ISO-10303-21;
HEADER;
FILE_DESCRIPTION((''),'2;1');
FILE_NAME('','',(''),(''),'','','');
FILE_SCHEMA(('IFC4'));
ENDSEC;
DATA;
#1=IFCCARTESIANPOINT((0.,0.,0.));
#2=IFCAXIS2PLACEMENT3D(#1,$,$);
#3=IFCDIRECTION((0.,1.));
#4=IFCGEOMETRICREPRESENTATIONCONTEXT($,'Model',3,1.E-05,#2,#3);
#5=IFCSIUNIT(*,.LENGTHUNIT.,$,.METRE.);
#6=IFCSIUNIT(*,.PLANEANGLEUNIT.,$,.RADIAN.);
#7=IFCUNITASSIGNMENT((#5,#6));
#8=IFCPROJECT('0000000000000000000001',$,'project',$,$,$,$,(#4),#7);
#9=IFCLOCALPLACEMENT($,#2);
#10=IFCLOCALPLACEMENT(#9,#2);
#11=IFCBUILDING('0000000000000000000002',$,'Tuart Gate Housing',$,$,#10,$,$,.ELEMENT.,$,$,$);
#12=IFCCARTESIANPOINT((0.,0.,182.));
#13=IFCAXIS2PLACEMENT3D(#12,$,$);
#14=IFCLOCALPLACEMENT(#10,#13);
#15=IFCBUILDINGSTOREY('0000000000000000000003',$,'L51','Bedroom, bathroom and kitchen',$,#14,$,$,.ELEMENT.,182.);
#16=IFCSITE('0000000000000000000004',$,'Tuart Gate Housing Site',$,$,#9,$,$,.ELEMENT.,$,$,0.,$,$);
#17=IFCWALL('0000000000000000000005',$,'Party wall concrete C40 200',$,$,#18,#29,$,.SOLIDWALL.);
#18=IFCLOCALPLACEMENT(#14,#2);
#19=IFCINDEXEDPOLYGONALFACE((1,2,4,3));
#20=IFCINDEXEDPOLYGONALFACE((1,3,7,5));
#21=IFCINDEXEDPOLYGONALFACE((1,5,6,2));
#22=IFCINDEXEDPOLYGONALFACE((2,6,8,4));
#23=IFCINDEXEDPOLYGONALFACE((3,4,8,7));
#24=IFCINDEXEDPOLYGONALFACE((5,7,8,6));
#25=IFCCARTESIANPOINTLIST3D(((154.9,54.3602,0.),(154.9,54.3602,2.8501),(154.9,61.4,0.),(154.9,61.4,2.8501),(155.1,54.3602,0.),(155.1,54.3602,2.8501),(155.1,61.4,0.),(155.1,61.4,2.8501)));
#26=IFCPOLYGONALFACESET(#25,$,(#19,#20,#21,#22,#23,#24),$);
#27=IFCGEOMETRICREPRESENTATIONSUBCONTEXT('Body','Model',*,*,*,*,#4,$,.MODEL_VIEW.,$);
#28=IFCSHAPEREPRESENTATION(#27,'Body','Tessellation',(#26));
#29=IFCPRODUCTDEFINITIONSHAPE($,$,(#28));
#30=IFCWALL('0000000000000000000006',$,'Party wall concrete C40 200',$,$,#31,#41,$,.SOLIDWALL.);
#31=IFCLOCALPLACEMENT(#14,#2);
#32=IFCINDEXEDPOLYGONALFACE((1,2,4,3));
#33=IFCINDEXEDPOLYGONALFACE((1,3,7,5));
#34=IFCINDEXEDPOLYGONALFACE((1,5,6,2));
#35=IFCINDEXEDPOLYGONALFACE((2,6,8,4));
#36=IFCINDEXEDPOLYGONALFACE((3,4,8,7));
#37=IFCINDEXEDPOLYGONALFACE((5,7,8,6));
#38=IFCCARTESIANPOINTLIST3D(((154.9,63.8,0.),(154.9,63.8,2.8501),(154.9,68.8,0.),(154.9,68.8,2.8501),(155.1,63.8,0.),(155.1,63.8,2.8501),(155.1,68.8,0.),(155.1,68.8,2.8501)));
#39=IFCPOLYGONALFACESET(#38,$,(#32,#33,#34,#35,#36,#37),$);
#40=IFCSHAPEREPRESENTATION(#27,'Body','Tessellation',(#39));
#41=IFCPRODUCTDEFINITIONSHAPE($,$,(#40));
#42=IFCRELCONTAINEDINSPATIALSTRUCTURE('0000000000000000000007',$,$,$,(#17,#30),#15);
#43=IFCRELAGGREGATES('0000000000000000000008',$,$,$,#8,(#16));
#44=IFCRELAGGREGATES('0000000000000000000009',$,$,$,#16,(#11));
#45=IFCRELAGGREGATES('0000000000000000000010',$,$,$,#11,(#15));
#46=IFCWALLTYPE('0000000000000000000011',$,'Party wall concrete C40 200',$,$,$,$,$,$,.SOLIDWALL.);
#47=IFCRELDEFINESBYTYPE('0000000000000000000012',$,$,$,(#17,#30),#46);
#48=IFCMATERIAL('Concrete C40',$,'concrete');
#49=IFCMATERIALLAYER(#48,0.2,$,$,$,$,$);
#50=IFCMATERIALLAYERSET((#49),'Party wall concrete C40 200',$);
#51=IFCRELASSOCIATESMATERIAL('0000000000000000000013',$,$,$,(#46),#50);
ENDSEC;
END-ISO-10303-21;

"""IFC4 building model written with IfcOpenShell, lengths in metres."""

from ifc_helpers import new_model, si_unit, direction, frame, frame_2d, origin, place, context, subcontext, project, spatial, rectangle, extrude, material, layer, layer_set, type_object, element, save


model = new_model("IFC4")

# Units and contexts
model_context = context("Model", 3, precision=1e-05, world=origin(), true_north=direction((0.0, 1.0)))
body_context = subcontext(model_context, "Body", "Model", "MODEL_VIEW")
ifc_project = project(units=[si_unit("LENGTHUNIT", "METRE"), si_unit("PLANEANGLEUNIT", "RADIAN")], contexts=[model_context])

# Site, building, storey
site_placement = place(None, origin())
site = spatial("IfcSite", under=ifc_project, at=site_placement, Name="Tuart Gate Housing Site", CompositionType="ELEMENT", RefElevation=0.0)
building_placement = place(site_placement, origin())
building = spatial("IfcBuilding", under=site, at=building_placement, Name="Tuart Gate Housing", CompositionType="ELEMENT")
storey_placement = place(building_placement, frame((0.0, 0.0, 182.0)))
storey = spatial("IfcBuildingStorey", under=building, at=storey_placement, Name="L51", Description="Bedroom, bathroom and kitchen", CompositionType="ELEMENT", Elevation=182.0)

# Walls
ifc_material_1 = material(Name="Concrete C40", Category="concrete")
ifc_layer_1 = layer(ifc_material_1, 0.2)
ifc_layer_set_1 = layer_set([ifc_layer_1], Name="Party wall concrete C40 200")
wall_type_1 = type_object("IfcWallType", Name="Party wall concrete C40 200", PredefinedType="SOLIDWALL", material=ifc_layer_set_1)
wall_1_placement = place(storey_placement, frame((155.0, 54.3601, 0.0), z_axis=(0.0, 0.0, 1.0), x_axis=(0.0, 1.0, 0.0)))
element("IfcWall", 1, at=wall_1_placement, inside=storey, type_object=wall_type_1, Name="Party wall concrete C40 200", PredefinedType="SOLIDWALL", context=body_context, shape_type="SweptSolid", body=[
    extrude(rectangle(XDim=7.0398, YDim=0.2, at=frame_2d((3.52, 0.0))), origin(), (0.0, 0.0, 1.0), 2.8501),
])
wall_2_placement = place(storey_placement, frame((155.0, 63.8, 0.0), z_axis=(0.0, 0.0, 1.0), x_axis=(0.0, 1.0, 0.0)))
element("IfcWall", 2, at=wall_2_placement, inside=storey, type_object=wall_type_1, Name="Party wall concrete C40 200", PredefinedType="SOLIDWALL", context=body_context, shape_type="SweptSolid", body=[
    extrude(rectangle(XDim=5.0, YDim=0.2, at=frame_2d((2.5, 0.0))), origin(), (0.0, 0.0, 1.0), 2.8501),
])

save(model, "model.ifc")
